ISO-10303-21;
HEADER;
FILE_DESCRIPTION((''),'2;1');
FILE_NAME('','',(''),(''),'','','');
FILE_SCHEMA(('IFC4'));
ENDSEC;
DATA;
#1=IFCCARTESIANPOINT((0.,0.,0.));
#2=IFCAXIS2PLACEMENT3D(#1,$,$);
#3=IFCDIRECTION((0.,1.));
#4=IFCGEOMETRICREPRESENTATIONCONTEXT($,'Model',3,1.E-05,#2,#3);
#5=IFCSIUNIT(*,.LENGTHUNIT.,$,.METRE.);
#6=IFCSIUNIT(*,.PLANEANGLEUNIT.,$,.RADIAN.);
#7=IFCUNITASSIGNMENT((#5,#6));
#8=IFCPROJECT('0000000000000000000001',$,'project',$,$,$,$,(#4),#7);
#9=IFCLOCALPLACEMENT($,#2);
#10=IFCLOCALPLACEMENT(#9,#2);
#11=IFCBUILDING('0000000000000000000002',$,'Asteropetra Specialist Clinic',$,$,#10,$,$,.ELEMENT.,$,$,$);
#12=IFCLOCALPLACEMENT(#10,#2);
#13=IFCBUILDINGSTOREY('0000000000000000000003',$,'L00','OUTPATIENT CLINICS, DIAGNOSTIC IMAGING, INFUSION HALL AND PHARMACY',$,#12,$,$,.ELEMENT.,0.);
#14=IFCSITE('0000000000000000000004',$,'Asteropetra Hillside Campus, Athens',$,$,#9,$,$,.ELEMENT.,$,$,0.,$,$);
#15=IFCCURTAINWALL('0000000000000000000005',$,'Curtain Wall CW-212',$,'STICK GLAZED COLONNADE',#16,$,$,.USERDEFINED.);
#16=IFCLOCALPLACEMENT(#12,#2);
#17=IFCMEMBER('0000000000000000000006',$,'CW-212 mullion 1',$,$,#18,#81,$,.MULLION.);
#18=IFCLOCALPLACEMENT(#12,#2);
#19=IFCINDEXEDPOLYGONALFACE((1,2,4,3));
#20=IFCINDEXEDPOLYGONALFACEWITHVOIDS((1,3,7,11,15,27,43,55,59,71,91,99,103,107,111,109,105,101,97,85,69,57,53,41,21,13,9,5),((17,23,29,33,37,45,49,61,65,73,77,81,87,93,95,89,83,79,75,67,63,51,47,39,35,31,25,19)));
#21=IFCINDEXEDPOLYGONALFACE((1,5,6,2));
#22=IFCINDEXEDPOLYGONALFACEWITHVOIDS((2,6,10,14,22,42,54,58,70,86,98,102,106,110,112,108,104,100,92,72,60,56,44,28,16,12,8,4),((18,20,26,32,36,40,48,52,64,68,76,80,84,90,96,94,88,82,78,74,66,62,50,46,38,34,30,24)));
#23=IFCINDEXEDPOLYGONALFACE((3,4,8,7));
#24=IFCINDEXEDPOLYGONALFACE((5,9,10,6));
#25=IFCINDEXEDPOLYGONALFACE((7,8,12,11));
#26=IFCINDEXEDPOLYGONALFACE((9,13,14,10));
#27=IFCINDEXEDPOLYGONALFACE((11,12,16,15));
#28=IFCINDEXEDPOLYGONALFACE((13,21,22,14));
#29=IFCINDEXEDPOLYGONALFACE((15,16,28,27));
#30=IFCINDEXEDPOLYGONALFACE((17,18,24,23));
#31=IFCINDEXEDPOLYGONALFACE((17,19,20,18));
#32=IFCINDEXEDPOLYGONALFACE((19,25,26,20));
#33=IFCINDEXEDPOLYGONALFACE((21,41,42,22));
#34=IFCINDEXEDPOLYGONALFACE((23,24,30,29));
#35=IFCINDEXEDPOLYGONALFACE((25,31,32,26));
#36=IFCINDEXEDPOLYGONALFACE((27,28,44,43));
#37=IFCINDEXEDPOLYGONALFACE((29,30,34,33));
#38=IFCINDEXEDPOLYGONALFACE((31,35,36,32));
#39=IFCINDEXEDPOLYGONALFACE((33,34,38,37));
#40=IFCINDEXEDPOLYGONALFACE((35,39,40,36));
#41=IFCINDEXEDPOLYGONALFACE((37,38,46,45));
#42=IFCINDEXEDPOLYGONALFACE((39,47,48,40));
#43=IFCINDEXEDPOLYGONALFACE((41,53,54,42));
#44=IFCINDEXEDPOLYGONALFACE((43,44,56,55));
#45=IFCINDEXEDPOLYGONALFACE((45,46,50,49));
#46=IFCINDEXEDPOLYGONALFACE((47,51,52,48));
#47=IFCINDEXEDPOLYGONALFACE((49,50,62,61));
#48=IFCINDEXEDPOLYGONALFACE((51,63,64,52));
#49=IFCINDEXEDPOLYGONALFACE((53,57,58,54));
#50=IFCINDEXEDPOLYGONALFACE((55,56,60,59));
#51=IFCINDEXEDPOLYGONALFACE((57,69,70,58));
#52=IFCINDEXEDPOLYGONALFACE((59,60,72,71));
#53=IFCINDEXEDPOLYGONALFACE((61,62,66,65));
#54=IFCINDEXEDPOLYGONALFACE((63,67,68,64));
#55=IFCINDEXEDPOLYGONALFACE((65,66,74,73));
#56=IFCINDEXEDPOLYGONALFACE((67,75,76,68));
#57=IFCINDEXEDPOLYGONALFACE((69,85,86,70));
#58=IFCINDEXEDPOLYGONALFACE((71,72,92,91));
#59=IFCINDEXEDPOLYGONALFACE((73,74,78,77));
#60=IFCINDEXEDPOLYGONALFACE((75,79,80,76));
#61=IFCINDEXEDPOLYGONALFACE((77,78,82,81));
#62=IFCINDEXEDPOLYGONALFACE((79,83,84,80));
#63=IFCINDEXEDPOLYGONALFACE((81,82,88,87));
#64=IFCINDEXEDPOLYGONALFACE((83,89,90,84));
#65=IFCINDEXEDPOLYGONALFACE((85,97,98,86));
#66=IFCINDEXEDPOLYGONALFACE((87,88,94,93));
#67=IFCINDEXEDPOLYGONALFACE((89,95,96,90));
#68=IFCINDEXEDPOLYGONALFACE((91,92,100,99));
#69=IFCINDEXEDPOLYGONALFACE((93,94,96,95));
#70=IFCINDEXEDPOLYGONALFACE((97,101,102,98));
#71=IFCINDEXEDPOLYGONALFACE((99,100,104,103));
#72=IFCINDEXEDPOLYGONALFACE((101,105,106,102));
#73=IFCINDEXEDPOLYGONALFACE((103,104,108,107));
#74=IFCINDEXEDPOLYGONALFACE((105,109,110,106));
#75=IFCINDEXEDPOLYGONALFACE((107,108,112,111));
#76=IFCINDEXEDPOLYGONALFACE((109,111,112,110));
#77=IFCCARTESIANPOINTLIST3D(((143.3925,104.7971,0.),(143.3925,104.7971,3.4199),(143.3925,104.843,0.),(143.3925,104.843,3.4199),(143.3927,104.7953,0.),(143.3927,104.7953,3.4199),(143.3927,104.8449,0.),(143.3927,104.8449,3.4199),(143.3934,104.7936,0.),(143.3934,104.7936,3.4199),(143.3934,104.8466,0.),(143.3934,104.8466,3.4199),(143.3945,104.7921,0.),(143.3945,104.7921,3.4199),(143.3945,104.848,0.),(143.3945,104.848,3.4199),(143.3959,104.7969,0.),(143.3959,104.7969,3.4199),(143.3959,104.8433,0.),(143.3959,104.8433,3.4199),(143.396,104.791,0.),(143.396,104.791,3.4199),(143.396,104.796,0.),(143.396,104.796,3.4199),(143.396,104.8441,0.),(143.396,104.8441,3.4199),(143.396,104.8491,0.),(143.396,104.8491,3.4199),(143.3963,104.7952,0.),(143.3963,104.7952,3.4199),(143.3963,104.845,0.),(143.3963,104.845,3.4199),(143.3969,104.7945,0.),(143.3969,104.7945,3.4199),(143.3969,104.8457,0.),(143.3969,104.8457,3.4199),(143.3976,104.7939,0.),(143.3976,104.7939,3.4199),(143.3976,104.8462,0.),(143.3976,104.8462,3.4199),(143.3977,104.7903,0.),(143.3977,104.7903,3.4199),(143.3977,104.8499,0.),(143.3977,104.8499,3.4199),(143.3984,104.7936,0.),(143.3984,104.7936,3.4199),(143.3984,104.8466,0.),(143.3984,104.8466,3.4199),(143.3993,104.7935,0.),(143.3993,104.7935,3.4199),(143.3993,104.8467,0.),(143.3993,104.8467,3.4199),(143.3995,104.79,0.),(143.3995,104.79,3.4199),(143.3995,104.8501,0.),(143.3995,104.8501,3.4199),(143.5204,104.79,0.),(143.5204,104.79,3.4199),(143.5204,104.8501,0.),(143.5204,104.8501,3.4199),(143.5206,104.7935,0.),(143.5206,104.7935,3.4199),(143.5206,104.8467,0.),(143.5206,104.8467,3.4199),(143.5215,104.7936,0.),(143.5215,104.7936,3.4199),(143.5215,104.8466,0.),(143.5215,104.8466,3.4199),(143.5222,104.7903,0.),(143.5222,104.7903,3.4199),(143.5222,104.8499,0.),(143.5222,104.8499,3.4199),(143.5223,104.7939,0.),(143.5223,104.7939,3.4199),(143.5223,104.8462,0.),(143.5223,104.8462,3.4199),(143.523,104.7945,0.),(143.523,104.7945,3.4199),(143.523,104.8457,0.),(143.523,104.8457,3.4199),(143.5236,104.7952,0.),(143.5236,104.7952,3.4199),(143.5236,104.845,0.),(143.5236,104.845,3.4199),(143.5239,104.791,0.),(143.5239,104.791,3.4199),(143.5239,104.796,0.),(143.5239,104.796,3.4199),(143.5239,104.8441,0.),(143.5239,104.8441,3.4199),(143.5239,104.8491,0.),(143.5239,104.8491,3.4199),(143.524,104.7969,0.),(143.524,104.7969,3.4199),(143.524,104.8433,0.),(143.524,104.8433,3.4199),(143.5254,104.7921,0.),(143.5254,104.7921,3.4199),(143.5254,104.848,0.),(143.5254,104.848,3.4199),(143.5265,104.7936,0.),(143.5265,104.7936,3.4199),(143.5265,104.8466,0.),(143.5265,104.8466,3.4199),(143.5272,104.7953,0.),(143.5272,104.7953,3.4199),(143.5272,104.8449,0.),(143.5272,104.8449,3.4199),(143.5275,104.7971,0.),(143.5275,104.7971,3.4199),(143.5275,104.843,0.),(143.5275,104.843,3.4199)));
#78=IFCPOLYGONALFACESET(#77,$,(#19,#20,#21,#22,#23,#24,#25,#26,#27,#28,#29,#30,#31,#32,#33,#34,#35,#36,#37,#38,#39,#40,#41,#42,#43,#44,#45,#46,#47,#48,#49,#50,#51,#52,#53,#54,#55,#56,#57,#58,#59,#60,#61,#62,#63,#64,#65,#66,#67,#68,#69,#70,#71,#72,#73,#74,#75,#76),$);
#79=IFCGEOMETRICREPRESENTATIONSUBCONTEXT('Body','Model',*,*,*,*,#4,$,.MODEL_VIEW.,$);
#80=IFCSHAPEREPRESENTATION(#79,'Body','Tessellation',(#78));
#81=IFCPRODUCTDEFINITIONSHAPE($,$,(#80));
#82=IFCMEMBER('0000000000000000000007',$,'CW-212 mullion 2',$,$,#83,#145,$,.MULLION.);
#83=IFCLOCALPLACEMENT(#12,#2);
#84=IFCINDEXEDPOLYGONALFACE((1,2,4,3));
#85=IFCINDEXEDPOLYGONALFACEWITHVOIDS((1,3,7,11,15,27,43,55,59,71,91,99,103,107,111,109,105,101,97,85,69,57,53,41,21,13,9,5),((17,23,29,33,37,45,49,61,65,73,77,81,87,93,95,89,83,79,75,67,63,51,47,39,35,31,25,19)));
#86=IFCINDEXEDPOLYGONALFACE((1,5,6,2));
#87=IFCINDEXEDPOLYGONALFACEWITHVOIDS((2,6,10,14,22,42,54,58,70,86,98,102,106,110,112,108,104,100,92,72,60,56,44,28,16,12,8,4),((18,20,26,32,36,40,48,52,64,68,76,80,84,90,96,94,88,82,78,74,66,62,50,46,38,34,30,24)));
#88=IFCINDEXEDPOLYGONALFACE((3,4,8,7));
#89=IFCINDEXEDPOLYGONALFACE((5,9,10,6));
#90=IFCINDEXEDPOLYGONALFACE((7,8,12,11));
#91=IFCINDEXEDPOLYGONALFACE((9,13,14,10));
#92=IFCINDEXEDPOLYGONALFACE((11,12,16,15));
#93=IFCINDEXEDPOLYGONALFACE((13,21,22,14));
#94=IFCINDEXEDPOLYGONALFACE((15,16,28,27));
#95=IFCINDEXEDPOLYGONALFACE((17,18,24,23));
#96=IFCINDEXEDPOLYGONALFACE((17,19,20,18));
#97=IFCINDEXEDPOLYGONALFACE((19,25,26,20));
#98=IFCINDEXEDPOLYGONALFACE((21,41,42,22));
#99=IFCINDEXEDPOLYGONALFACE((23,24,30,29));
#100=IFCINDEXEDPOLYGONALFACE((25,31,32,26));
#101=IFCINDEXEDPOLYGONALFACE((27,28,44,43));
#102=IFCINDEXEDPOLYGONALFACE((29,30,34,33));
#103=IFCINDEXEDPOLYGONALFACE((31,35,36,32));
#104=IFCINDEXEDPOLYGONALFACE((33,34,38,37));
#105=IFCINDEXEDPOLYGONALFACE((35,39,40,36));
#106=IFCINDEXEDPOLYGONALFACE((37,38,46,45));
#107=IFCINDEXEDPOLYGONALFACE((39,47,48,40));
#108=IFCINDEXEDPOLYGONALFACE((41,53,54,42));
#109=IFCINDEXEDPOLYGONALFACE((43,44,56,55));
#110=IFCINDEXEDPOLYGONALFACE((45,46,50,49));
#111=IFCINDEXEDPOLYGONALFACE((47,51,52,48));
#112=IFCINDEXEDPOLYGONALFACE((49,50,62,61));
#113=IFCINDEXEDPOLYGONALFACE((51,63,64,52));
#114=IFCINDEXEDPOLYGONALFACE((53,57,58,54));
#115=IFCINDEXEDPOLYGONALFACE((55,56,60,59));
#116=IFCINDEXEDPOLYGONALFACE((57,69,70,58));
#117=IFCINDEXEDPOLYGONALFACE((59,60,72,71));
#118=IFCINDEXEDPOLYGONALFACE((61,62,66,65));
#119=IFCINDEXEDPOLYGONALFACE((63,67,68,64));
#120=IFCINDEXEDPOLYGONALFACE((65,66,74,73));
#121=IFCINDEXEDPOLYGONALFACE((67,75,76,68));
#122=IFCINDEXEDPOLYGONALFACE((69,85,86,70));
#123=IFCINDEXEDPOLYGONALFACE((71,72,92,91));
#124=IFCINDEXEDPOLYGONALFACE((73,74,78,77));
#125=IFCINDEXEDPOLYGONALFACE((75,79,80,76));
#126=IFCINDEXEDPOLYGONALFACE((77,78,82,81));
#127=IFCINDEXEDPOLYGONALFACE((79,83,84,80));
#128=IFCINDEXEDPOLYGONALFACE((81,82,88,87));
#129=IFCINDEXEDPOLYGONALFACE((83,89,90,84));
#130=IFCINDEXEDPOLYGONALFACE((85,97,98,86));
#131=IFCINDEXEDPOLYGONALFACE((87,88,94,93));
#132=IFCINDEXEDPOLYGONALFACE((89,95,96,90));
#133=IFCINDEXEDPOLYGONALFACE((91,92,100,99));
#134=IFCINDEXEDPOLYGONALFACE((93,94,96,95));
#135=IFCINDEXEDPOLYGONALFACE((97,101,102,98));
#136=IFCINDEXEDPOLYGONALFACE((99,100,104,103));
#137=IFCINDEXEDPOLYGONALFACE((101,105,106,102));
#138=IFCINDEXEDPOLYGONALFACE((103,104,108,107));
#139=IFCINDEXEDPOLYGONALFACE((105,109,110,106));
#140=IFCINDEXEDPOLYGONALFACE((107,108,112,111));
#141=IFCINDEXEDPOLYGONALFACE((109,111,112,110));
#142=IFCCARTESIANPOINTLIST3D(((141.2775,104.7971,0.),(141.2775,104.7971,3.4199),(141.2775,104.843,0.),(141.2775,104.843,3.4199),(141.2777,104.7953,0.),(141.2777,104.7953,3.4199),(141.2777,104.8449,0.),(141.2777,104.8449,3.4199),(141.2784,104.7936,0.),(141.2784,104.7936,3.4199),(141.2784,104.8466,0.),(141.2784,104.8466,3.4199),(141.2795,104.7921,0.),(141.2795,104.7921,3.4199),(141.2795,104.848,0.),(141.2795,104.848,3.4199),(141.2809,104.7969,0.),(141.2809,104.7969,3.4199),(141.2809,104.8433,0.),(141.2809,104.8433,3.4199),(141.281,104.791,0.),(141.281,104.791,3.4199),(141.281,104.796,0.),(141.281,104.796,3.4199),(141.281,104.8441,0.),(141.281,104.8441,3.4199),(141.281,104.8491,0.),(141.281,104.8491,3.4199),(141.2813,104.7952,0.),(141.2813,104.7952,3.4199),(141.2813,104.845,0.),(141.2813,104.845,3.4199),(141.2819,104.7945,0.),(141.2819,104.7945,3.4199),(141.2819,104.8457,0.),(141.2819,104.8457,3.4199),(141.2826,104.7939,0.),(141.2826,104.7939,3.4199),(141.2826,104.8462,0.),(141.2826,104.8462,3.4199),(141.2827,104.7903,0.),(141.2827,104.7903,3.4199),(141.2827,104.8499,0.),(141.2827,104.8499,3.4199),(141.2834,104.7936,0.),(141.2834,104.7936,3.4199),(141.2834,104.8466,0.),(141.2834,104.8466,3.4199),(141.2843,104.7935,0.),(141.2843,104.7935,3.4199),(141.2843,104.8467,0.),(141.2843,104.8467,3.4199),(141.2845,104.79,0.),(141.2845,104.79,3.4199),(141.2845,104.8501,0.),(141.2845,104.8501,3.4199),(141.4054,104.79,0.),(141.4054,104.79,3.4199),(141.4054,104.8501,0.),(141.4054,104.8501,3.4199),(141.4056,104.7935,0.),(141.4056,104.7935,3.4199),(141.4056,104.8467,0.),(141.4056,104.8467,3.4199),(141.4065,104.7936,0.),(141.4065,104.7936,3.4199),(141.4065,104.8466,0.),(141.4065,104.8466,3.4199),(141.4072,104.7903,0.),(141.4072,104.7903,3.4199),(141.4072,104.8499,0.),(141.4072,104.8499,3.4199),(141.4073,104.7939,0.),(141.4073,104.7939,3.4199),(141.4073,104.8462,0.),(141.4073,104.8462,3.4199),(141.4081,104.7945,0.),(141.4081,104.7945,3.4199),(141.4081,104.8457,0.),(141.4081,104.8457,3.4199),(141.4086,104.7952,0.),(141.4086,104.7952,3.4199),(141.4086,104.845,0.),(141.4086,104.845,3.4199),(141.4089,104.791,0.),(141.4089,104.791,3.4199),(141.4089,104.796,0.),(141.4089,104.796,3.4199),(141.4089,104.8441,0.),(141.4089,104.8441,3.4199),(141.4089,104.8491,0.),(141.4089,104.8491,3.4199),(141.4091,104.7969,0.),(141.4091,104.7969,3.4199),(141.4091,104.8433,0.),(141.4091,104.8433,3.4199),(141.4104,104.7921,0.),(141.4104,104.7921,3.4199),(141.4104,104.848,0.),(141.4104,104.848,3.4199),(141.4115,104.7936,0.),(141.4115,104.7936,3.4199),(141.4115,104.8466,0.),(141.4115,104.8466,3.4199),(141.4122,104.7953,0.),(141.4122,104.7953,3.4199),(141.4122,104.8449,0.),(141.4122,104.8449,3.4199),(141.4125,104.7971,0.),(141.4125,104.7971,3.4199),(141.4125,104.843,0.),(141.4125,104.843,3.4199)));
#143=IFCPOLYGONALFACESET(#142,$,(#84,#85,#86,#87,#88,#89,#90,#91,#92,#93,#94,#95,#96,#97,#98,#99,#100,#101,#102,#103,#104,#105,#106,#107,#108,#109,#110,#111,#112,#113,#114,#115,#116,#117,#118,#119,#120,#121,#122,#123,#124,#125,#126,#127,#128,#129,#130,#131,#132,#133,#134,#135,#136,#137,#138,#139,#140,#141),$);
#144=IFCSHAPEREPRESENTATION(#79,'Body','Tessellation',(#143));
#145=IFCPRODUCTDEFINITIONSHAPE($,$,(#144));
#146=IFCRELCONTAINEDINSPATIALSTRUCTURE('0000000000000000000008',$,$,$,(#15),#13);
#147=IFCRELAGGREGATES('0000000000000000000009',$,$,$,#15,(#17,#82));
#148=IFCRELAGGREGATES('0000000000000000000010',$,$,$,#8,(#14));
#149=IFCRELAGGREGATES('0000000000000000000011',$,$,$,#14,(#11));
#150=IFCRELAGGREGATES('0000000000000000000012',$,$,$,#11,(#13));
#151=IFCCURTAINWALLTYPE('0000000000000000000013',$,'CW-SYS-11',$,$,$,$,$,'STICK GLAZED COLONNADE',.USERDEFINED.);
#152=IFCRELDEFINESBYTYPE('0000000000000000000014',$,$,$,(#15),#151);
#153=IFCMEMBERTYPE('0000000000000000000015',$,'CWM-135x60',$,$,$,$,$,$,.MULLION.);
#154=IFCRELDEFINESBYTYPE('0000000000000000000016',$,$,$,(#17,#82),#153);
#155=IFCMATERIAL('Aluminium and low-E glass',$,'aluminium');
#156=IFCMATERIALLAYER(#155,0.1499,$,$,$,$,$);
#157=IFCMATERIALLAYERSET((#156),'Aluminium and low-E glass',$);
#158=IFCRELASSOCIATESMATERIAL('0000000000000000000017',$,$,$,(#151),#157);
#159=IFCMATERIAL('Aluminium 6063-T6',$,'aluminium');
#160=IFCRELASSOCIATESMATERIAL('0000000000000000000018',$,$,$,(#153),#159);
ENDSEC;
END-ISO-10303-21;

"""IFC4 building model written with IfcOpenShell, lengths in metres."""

from ifc_helpers import new_model, si_unit, direction, frame, origin, origin_2d, place, context, subcontext, project, spatial, hollow_rectangle, extrude, material, layer, layer_set, material_profile, profile_set, type_object, element, aggregate, save


model = new_model("IFC4")

# Units and contexts
model_context = context("Model", 3, precision=1e-05, world=origin(), true_north=direction((0.0, 1.0)))
body_context = subcontext(model_context, "Body", "Model", "MODEL_VIEW")
ifc_project = project(units=[si_unit("LENGTHUNIT", "METRE"), si_unit("PLANEANGLEUNIT", "RADIAN")], contexts=[model_context])

# Site, building, storey
site_placement = place(None, origin())
site = spatial("IfcSite", under=ifc_project, at=site_placement, Name="Asteropetra Hillside Campus, Athens", CompositionType="ELEMENT", RefElevation=0.0)
building_placement = place(site_placement, origin())
building = spatial("IfcBuilding", under=site, at=building_placement, Name="Asteropetra Specialist Clinic", CompositionType="ELEMENT")
storey_placement = place(building_placement, origin())
storey = spatial("IfcBuildingStorey", under=building, at=storey_placement, Name="L00", Description="OUTPATIENT CLINICS, DIAGNOSTIC IMAGING, INFUSION HALL AND PHARMACY", CompositionType="ELEMENT", Elevation=0.0)

# Curtain wall, members
ifc_material_1 = material(Name="Aluminium and low-E glass", Category="aluminium")
ifc_layer_1 = layer(ifc_material_1, 0.1499)
ifc_layer_set_1 = layer_set([ifc_layer_1], Name="Aluminium and low-E glass")
curtain_wall_type = type_object("IfcCurtainWallType", Name="CW-SYS-11", ElementType="STICK GLAZED COLONNADE", PredefinedType="USERDEFINED", material=ifc_layer_set_1)
curtain_wall_placement = place(storey_placement, origin())
curtain_wall = element("IfcCurtainWall", 1, at=curtain_wall_placement, inside=storey, type_object=curtain_wall_type, Name="Curtain Wall CW-212", ObjectType="STICK GLAZED COLONNADE", PredefinedType="USERDEFINED")
ifc_material_2 = material(Name="Aluminium 6063-T6", Category="aluminium")
ifc_material_profile_1 = material_profile(ifc_material_2, hollow_rectangle(XDim=0.0601, YDim=0.135, WallThickness=0.0034, InnerFilletRadius=0.0034, OuterFilletRadius=0.0071, at=origin_2d()), Name="MUL 135x60x3.5")
ifc_profile_set_1 = profile_set([ifc_material_profile_1], Name="Aluminium 6063-T6")
member_type_1 = type_object("IfcMemberType", Name="CWM-135x60", PredefinedType="MULLION", material=ifc_profile_set_1)
member_1_placement = place(storey_placement, frame((143.46, 104.8201, 0.0), z_axis=(0.0, 0.0, 1.0), x_axis=(0.0, -1.0, 0.0)))
member_1 = element("IfcMember", 2, at=member_1_placement, type_object=member_type_1, Name="CW-212 mullion 1", PredefinedType="MULLION", context=body_context, shape_type="SweptSolid", body=[
    extrude(hollow_rectangle(XDim=0.0601, YDim=0.135, WallThickness=0.0034, InnerFilletRadius=0.0034, OuterFilletRadius=0.0071, at=origin_2d()), origin(), (0.0, 0.0, 1.0), 3.4199),
])
member_2_placement = place(storey_placement, frame((141.345, 104.8201, 0.0), z_axis=(0.0, 0.0, 1.0), x_axis=(0.0, -1.0, 0.0)))
member_2 = element("IfcMember", 3, at=member_2_placement, type_object=member_type_1, Name="CW-212 mullion 2", PredefinedType="MULLION", context=body_context, shape_type="SweptSolid", body=[
    extrude(hollow_rectangle(XDim=0.0601, YDim=0.135, WallThickness=0.0034, InnerFilletRadius=0.0034, OuterFilletRadius=0.0071, at=origin_2d()), origin(), (0.0, 0.0, 1.0), 3.4199),
])
aggregate(curtain_wall, [member_1, member_2])

save(model, "model.ifc")
